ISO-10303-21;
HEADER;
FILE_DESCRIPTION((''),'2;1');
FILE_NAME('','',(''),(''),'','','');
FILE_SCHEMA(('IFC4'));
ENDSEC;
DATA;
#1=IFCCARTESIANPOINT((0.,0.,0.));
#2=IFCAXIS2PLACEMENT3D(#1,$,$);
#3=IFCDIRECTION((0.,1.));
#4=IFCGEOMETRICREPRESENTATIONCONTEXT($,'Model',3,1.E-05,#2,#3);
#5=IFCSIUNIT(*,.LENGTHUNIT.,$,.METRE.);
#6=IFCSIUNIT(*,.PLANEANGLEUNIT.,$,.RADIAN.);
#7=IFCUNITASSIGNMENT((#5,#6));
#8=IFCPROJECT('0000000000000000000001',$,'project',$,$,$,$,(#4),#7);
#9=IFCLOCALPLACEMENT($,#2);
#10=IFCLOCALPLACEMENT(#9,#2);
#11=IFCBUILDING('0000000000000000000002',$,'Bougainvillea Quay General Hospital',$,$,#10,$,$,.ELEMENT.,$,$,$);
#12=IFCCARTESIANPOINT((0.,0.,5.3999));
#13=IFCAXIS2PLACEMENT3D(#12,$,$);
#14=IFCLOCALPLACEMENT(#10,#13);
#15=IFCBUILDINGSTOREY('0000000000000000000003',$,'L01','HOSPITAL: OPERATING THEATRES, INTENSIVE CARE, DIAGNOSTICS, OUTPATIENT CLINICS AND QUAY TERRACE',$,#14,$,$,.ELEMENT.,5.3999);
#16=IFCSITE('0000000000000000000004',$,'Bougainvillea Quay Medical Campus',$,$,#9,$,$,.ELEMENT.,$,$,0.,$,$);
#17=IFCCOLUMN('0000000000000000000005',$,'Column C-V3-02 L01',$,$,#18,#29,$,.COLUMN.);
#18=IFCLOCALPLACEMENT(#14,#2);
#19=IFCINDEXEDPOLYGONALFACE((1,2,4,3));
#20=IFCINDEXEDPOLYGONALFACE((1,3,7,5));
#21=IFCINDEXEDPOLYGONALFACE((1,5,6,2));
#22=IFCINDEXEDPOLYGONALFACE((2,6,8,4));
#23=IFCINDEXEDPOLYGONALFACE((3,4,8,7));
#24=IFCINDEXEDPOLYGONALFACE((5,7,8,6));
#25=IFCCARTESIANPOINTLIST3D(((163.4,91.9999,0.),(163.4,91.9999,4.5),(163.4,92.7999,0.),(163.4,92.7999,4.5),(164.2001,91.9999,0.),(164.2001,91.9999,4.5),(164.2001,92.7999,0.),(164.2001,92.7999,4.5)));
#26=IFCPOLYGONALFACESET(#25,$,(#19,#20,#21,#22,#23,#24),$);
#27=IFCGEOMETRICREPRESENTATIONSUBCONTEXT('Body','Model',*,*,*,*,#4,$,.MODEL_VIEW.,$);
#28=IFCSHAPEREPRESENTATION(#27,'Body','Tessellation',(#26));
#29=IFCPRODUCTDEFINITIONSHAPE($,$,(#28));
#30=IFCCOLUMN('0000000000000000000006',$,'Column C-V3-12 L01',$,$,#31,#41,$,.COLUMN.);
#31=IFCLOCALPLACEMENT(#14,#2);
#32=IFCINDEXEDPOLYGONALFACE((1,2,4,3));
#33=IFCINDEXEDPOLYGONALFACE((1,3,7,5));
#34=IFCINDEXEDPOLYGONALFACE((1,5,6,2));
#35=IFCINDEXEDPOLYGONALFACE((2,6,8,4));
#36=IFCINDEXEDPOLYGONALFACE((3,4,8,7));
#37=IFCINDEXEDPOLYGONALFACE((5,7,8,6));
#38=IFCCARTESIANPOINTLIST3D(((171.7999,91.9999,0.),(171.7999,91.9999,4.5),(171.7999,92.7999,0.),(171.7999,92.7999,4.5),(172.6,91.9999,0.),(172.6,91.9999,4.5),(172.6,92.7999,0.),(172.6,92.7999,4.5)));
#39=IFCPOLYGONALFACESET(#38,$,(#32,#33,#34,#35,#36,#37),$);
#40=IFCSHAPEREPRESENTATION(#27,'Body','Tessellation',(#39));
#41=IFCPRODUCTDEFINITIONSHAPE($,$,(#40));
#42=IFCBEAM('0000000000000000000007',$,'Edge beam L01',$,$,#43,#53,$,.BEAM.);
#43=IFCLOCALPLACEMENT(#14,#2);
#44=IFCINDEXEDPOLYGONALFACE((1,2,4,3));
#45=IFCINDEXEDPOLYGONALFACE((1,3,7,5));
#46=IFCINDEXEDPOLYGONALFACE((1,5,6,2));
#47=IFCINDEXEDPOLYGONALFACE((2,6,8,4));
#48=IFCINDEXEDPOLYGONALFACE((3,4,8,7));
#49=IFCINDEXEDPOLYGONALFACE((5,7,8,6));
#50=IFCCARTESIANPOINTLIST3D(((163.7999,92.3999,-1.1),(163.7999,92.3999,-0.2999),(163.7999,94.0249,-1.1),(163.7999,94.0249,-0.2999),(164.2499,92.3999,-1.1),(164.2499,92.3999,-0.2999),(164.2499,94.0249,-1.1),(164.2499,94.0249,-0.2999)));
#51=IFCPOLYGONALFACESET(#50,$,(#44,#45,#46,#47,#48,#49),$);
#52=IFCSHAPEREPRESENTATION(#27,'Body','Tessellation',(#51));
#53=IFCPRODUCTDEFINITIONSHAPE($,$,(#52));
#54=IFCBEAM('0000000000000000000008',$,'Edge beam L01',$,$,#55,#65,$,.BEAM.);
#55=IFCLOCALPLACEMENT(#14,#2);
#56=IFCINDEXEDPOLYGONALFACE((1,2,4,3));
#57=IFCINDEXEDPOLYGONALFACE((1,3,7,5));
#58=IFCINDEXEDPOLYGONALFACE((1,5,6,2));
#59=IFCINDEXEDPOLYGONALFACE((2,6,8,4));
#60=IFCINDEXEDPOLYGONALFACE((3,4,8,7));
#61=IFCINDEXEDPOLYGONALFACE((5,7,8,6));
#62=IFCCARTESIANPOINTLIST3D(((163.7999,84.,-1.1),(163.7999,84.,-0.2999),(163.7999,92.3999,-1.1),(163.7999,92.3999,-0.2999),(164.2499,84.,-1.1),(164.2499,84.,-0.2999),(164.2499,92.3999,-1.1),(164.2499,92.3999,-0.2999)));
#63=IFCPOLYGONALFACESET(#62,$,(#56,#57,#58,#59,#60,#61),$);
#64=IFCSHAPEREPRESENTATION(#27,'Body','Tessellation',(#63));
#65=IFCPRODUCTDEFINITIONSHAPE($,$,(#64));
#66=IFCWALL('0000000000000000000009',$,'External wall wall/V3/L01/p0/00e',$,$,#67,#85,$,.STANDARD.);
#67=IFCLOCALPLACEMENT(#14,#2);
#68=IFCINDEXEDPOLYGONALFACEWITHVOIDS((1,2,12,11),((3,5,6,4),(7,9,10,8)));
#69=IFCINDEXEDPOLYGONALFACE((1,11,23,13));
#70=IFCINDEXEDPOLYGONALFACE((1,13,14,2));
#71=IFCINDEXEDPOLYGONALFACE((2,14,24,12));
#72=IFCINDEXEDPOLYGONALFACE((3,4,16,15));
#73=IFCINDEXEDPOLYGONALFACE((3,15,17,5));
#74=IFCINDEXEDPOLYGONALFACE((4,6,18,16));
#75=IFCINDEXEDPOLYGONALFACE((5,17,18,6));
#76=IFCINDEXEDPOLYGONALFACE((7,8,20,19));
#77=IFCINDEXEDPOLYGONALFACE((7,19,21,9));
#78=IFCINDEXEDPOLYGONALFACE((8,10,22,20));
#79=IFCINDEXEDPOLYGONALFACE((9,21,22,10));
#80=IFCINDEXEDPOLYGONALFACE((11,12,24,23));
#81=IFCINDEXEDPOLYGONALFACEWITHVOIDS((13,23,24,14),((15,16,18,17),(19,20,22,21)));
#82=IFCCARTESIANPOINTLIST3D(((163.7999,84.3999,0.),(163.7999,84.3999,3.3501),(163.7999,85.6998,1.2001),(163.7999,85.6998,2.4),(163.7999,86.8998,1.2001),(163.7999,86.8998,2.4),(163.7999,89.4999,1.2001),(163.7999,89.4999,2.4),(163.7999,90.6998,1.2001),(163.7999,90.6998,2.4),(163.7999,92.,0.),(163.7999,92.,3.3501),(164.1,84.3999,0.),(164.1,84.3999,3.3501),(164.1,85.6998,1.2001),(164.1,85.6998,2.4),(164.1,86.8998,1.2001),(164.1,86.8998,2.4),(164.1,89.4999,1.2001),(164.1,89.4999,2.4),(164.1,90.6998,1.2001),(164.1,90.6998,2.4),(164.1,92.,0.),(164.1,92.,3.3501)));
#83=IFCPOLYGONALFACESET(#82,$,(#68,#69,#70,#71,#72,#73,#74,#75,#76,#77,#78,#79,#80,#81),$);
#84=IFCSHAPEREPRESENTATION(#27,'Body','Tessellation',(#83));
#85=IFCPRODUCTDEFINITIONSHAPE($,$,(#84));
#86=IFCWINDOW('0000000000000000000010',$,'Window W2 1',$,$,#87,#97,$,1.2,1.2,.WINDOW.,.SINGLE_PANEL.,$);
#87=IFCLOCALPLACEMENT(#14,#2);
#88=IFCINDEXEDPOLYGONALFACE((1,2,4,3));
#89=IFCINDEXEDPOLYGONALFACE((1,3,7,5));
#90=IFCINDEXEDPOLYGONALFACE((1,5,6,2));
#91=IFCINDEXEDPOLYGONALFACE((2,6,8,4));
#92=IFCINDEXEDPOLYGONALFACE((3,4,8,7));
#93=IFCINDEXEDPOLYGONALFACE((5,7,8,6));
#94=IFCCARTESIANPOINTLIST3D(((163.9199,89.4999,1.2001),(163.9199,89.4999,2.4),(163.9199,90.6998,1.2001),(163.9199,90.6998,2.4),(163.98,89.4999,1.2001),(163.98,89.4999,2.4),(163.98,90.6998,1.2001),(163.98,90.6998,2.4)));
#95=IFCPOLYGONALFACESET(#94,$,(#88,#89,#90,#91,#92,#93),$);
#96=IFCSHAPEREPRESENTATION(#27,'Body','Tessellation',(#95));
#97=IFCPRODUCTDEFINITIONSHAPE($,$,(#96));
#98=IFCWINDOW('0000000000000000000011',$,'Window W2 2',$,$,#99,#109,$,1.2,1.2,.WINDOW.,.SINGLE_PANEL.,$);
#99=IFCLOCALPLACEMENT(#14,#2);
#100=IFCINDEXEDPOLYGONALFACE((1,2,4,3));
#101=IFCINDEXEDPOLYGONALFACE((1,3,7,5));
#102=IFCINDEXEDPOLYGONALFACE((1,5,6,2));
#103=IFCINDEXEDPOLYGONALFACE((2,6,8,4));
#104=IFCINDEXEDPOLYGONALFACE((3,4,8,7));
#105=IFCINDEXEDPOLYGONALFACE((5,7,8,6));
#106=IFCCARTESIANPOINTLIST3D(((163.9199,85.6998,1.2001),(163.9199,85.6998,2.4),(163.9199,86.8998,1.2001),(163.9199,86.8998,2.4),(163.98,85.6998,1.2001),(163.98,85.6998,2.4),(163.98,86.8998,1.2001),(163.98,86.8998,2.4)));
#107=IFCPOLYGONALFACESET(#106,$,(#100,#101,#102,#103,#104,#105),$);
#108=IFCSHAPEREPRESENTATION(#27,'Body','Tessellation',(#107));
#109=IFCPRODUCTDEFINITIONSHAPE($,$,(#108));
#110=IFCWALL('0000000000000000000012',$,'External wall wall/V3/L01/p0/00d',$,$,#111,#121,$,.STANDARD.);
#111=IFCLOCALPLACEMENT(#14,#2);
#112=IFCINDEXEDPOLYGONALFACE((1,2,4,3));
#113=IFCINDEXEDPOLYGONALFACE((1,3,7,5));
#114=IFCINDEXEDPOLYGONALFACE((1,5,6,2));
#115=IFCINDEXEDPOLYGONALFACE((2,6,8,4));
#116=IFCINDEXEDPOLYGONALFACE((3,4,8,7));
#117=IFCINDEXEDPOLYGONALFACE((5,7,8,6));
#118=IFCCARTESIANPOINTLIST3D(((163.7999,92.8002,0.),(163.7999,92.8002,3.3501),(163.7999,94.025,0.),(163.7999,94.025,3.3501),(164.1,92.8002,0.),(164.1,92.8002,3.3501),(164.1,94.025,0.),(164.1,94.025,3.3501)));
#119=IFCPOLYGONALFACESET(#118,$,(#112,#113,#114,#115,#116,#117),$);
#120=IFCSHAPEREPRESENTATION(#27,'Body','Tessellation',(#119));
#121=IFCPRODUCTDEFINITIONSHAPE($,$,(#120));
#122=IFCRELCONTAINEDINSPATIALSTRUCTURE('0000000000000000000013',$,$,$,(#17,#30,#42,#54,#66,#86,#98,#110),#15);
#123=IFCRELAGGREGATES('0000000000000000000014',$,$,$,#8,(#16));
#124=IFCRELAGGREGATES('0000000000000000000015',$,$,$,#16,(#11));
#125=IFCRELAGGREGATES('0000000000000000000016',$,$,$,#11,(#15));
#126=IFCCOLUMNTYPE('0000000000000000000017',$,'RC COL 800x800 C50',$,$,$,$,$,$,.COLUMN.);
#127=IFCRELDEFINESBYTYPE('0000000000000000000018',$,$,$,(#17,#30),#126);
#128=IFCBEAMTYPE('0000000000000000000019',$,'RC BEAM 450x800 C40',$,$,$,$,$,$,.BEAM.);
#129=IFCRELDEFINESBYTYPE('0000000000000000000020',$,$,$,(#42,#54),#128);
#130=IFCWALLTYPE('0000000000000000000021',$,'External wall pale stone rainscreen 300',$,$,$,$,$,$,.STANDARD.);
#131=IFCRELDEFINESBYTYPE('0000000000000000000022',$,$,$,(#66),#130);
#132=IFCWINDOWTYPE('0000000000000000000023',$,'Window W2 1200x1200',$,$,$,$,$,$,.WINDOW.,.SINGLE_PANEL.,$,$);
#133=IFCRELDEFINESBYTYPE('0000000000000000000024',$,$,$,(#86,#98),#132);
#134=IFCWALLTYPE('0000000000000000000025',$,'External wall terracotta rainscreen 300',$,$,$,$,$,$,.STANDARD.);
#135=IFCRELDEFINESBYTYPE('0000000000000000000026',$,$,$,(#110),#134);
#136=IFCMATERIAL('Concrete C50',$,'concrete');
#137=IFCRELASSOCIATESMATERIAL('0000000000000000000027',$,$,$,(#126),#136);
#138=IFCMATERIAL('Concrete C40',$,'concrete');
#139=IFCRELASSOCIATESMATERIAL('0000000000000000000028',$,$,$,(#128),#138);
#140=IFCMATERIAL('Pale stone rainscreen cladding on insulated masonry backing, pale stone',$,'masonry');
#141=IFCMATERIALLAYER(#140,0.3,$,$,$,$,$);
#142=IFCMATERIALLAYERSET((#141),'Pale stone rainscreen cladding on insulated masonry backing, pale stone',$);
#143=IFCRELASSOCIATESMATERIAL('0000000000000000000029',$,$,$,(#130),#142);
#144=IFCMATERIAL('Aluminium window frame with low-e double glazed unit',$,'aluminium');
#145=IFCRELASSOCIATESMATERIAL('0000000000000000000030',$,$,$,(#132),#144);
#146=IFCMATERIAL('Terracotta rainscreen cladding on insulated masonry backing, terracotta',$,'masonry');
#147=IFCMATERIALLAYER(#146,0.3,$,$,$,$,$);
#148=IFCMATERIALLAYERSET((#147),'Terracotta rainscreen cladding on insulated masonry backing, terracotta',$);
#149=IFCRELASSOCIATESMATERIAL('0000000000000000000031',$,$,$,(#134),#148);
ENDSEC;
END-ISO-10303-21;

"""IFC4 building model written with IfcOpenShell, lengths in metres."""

from ifc_helpers import new_model, si_unit, direction, frame, frame_2d, origin, origin_2d, place, context, subcontext, project, spatial, rectangle, extrude, material, layer, layer_set, material_profile, profile_set, type_object, element, fill, save


model = new_model("IFC4")

# Units and contexts
model_context = context("Model", 3, precision=1e-05, world=origin(), true_north=direction((0.0, 1.0)))
body_context = subcontext(model_context, "Body", "Model", "MODEL_VIEW")
ifc_project = project(units=[si_unit("LENGTHUNIT", "METRE"), si_unit("PLANEANGLEUNIT", "RADIAN")], contexts=[model_context])

# Site, building, storey
site_placement = place(None, origin())
site = spatial("IfcSite", under=ifc_project, at=site_placement, Name="Bougainvillea Quay Medical Campus", CompositionType="ELEMENT", RefElevation=0.0)
building_placement = place(site_placement, origin())
building = spatial("IfcBuilding", under=site, at=building_placement, Name="Bougainvillea Quay General Hospital", CompositionType="ELEMENT")
storey_placement = place(building_placement, frame((0.0, 0.0, 5.3999)))
storey = spatial("IfcBuildingStorey", under=building, at=storey_placement, Name="L01", Description="HOSPITAL: OPERATING THEATRES, INTENSIVE CARE, DIAGNOSTICS, OUTPATIENT CLINICS AND QUAY TERRACE", CompositionType="ELEMENT", Elevation=5.3999)

# Columns
ifc_material_1 = material(Name="Concrete C50", Category="concrete")
ifc_material_profile_1 = material_profile(ifc_material_1, rectangle(XDim=0.8, YDim=0.8, at=origin_2d()))
ifc_profile_set_1 = profile_set([ifc_material_profile_1], Name="Concrete C50")
column_type = type_object("IfcColumnType", Name="RC COL 800x800 C50", PredefinedType="COLUMN", material=ifc_profile_set_1)
for number, where, z_axis, x_axis, name in (
    (1, (163.8, 92.3999, 0.0), (0.0, 0.0, 1.0), (1.0, 0.0, 0.0), "Column C-V3-02 L01"),
    (2, (172.2, 92.3999, 0.0), (0.0, 0.0, 1.0), (1.0, 0.0, 0.0), "Column C-V3-12 L01"),
):
    element("IfcColumn", number, at=place(storey_placement, frame(where, z_axis=z_axis, x_axis=x_axis)), inside=storey, type_object=column_type, Name=name, PredefinedType="COLUMN", context=body_context, shape_type="SweptSolid", body=[
        extrude(rectangle(XDim=0.8, YDim=0.8, at=origin_2d()), origin(), (0.0, 0.0, 1.0), 4.5),
    ])

# Beams
ifc_material_2 = material(Name="Concrete C40", Category="concrete")
ifc_material_profile_2 = material_profile(ifc_material_2, rectangle(XDim=0.45, YDim=0.8, at=origin_2d()))
ifc_profile_set_2 = profile_set([ifc_material_profile_2], Name="Concrete C40")
beam_type = type_object("IfcBeamType", Name="RC BEAM 450x800 C40", PredefinedType="BEAM", material=ifc_profile_set_2)
beam_1_placement = place(storey_placement, frame((164.0249, 94.0249, -0.7), z_axis=(0.0, -1.0, 0.0), x_axis=(1.0, 0.0, 0.0)))
element("IfcBeam", 3, at=beam_1_placement, inside=storey, type_object=beam_type, Name="Edge beam L01", PredefinedType="BEAM", context=body_context, shape_type="SweptSolid", body=[
    extrude(rectangle(XDim=0.45, YDim=0.8, at=origin_2d()), origin(), (0.0, 0.0, 1.0), 1.625),
])
beam_2_placement = place(storey_placement, frame((164.0249, 92.3999, -0.7), z_axis=(0.0, -1.0, 0.0), x_axis=(1.0, 0.0, 0.0)))
element("IfcBeam", 4, at=beam_2_placement, inside=storey, type_object=beam_type, Name="Edge beam L01", PredefinedType="BEAM", context=body_context, shape_type="SweptSolid", body=[
    extrude(rectangle(XDim=0.45, YDim=0.8, at=origin_2d()), origin(), (0.0, 0.0, 1.0), 8.3999),
])

# Wall, openings, windows
ifc_material_3 = material(Name="Pale stone rainscreen cladding on insulated masonry backing, pale stone", Category="masonry")
ifc_layer_1 = layer(ifc_material_3, 0.3)
ifc_layer_set_1 = layer_set([ifc_layer_1], Name="Pale stone rainscreen cladding on insulated masonry backing, pale stone")
wall_type_1 = type_object("IfcWallType", Name="External wall pale stone rainscreen 300", PredefinedType="STANDARD", material=ifc_layer_set_1)
wall_1_placement = place(storey_placement, frame((163.95, 92.0, 0.0), z_axis=(0.0, 0.0, 1.0), x_axis=(0.0, -1.0, 0.0)))
wall_1 = element("IfcWall", 5, at=wall_1_placement, inside=storey, type_object=wall_type_1, Name="External wall wall/V3/L01/p0/00e", PredefinedType="STANDARD", context=body_context, shape_type="SweptSolid", body=[
    extrude(rectangle(XDim=7.6001, YDim=0.3, at=frame_2d((3.8, 0.0))), origin(), (0.0, 0.0, 1.0), 3.3501),
])
opening_1_placement = place(wall_1_placement, frame((1.3, 0.0, 1.2)))
opening_1 = element("IfcOpeningElement", 6, at=opening_1_placement, cuts=wall_1, PredefinedType="OPENING", context=body_context, shape_type="SweptSolid", body=[
    extrude(rectangle(XDim=1.2, YDim=1.2, at=frame_2d((0.6001, 0.6001))), frame((0.0, 0.1599, 0.0), z_axis=(0.0, -1.0, 0.0), x_axis=(1.0, 0.0, 0.0)), (0.0, 0.0, 1.0), 0.3201),
])
opening_2_placement = place(wall_1_placement, frame((5.1001, 0.0, 1.2)))
opening_2 = element("IfcOpeningElement", 7, at=opening_2_placement, cuts=wall_1, PredefinedType="OPENING", context=body_context, shape_type="SweptSolid", body=[
    extrude(rectangle(XDim=1.2, YDim=1.2, at=frame_2d((0.6001, 0.6001))), frame((0.0, 0.1599, 0.0), z_axis=(0.0, -1.0, 0.0), x_axis=(1.0, 0.0, 0.0)), (0.0, 0.0, 1.0), 0.3201),
])
ifc_material_4 = material(Name="Aluminium window frame with low-e double glazed unit", Category="aluminium")
window_type = type_object("IfcWindowType", Name="Window W2 1200x1200", PartitioningType="SINGLE_PANEL", PredefinedType="WINDOW", material=ifc_material_4)
window_1_placement = place(opening_1_placement, origin())
window_1 = element("IfcWindow", 8, at=window_1_placement, inside=storey, type_object=window_type, Name="Window W2 1", OverallHeight=1.2, OverallWidth=1.2, PartitioningType="SINGLE_PANEL", PredefinedType="WINDOW", context=body_context, shape_type="SweptSolid", body=[
    extrude(rectangle(XDim=1.2, YDim=1.2, at=frame_2d((0.6001, 0.6001))), frame((0.0, 0.03, 0.0), z_axis=(0.0, -1.0, 0.0), x_axis=(1.0, 0.0, 0.0)), (0.0, 0.0, 1.0), 0.0601),
])
fill(opening_1, window_1)
window_2_placement = place(opening_2_placement, origin())
window_2 = element("IfcWindow", 9, at=window_2_placement, inside=storey, type_object=window_type, Name="Window W2 2", OverallHeight=1.2, OverallWidth=1.2, PartitioningType="SINGLE_PANEL", PredefinedType="WINDOW", context=body_context, shape_type="SweptSolid", body=[
    extrude(rectangle(XDim=1.2, YDim=1.2, at=frame_2d((0.6001, 0.6001))), frame((0.0, 0.03, 0.0), z_axis=(0.0, -1.0, 0.0), x_axis=(1.0, 0.0, 0.0)), (0.0, 0.0, 1.0), 0.0601),
])
fill(opening_2, window_2)

# Wall
ifc_material_5 = material(Name="Terracotta rainscreen cladding on insulated masonry backing, terracotta", Category="masonry")
ifc_layer_2 = layer(ifc_material_5, 0.3)
ifc_layer_set_2 = layer_set([ifc_layer_2], Name="Terracotta rainscreen cladding on insulated masonry backing, terracotta")
wall_type_2 = type_object("IfcWallType", Name="External wall terracotta rainscreen 300", PredefinedType="STANDARD", material=ifc_layer_set_2)
wall_2_placement = place(storey_placement, frame((163.95, 94.0249, 0.0), z_axis=(0.0, 0.0, 1.0), x_axis=(0.0, -1.0, 0.0)))
element("IfcWall", 10, at=wall_2_placement, inside=storey, type_object=wall_type_2, Name="External wall wall/V3/L01/p0/00d", PredefinedType="STANDARD", context=body_context, shape_type="SweptSolid", body=[
    extrude(rectangle(XDim=1.2249, YDim=0.3, at=frame_2d((0.6123, 0.0))), origin(), (0.0, 0.0, 1.0), 3.3501),
])

save(model, "model.ifc")
